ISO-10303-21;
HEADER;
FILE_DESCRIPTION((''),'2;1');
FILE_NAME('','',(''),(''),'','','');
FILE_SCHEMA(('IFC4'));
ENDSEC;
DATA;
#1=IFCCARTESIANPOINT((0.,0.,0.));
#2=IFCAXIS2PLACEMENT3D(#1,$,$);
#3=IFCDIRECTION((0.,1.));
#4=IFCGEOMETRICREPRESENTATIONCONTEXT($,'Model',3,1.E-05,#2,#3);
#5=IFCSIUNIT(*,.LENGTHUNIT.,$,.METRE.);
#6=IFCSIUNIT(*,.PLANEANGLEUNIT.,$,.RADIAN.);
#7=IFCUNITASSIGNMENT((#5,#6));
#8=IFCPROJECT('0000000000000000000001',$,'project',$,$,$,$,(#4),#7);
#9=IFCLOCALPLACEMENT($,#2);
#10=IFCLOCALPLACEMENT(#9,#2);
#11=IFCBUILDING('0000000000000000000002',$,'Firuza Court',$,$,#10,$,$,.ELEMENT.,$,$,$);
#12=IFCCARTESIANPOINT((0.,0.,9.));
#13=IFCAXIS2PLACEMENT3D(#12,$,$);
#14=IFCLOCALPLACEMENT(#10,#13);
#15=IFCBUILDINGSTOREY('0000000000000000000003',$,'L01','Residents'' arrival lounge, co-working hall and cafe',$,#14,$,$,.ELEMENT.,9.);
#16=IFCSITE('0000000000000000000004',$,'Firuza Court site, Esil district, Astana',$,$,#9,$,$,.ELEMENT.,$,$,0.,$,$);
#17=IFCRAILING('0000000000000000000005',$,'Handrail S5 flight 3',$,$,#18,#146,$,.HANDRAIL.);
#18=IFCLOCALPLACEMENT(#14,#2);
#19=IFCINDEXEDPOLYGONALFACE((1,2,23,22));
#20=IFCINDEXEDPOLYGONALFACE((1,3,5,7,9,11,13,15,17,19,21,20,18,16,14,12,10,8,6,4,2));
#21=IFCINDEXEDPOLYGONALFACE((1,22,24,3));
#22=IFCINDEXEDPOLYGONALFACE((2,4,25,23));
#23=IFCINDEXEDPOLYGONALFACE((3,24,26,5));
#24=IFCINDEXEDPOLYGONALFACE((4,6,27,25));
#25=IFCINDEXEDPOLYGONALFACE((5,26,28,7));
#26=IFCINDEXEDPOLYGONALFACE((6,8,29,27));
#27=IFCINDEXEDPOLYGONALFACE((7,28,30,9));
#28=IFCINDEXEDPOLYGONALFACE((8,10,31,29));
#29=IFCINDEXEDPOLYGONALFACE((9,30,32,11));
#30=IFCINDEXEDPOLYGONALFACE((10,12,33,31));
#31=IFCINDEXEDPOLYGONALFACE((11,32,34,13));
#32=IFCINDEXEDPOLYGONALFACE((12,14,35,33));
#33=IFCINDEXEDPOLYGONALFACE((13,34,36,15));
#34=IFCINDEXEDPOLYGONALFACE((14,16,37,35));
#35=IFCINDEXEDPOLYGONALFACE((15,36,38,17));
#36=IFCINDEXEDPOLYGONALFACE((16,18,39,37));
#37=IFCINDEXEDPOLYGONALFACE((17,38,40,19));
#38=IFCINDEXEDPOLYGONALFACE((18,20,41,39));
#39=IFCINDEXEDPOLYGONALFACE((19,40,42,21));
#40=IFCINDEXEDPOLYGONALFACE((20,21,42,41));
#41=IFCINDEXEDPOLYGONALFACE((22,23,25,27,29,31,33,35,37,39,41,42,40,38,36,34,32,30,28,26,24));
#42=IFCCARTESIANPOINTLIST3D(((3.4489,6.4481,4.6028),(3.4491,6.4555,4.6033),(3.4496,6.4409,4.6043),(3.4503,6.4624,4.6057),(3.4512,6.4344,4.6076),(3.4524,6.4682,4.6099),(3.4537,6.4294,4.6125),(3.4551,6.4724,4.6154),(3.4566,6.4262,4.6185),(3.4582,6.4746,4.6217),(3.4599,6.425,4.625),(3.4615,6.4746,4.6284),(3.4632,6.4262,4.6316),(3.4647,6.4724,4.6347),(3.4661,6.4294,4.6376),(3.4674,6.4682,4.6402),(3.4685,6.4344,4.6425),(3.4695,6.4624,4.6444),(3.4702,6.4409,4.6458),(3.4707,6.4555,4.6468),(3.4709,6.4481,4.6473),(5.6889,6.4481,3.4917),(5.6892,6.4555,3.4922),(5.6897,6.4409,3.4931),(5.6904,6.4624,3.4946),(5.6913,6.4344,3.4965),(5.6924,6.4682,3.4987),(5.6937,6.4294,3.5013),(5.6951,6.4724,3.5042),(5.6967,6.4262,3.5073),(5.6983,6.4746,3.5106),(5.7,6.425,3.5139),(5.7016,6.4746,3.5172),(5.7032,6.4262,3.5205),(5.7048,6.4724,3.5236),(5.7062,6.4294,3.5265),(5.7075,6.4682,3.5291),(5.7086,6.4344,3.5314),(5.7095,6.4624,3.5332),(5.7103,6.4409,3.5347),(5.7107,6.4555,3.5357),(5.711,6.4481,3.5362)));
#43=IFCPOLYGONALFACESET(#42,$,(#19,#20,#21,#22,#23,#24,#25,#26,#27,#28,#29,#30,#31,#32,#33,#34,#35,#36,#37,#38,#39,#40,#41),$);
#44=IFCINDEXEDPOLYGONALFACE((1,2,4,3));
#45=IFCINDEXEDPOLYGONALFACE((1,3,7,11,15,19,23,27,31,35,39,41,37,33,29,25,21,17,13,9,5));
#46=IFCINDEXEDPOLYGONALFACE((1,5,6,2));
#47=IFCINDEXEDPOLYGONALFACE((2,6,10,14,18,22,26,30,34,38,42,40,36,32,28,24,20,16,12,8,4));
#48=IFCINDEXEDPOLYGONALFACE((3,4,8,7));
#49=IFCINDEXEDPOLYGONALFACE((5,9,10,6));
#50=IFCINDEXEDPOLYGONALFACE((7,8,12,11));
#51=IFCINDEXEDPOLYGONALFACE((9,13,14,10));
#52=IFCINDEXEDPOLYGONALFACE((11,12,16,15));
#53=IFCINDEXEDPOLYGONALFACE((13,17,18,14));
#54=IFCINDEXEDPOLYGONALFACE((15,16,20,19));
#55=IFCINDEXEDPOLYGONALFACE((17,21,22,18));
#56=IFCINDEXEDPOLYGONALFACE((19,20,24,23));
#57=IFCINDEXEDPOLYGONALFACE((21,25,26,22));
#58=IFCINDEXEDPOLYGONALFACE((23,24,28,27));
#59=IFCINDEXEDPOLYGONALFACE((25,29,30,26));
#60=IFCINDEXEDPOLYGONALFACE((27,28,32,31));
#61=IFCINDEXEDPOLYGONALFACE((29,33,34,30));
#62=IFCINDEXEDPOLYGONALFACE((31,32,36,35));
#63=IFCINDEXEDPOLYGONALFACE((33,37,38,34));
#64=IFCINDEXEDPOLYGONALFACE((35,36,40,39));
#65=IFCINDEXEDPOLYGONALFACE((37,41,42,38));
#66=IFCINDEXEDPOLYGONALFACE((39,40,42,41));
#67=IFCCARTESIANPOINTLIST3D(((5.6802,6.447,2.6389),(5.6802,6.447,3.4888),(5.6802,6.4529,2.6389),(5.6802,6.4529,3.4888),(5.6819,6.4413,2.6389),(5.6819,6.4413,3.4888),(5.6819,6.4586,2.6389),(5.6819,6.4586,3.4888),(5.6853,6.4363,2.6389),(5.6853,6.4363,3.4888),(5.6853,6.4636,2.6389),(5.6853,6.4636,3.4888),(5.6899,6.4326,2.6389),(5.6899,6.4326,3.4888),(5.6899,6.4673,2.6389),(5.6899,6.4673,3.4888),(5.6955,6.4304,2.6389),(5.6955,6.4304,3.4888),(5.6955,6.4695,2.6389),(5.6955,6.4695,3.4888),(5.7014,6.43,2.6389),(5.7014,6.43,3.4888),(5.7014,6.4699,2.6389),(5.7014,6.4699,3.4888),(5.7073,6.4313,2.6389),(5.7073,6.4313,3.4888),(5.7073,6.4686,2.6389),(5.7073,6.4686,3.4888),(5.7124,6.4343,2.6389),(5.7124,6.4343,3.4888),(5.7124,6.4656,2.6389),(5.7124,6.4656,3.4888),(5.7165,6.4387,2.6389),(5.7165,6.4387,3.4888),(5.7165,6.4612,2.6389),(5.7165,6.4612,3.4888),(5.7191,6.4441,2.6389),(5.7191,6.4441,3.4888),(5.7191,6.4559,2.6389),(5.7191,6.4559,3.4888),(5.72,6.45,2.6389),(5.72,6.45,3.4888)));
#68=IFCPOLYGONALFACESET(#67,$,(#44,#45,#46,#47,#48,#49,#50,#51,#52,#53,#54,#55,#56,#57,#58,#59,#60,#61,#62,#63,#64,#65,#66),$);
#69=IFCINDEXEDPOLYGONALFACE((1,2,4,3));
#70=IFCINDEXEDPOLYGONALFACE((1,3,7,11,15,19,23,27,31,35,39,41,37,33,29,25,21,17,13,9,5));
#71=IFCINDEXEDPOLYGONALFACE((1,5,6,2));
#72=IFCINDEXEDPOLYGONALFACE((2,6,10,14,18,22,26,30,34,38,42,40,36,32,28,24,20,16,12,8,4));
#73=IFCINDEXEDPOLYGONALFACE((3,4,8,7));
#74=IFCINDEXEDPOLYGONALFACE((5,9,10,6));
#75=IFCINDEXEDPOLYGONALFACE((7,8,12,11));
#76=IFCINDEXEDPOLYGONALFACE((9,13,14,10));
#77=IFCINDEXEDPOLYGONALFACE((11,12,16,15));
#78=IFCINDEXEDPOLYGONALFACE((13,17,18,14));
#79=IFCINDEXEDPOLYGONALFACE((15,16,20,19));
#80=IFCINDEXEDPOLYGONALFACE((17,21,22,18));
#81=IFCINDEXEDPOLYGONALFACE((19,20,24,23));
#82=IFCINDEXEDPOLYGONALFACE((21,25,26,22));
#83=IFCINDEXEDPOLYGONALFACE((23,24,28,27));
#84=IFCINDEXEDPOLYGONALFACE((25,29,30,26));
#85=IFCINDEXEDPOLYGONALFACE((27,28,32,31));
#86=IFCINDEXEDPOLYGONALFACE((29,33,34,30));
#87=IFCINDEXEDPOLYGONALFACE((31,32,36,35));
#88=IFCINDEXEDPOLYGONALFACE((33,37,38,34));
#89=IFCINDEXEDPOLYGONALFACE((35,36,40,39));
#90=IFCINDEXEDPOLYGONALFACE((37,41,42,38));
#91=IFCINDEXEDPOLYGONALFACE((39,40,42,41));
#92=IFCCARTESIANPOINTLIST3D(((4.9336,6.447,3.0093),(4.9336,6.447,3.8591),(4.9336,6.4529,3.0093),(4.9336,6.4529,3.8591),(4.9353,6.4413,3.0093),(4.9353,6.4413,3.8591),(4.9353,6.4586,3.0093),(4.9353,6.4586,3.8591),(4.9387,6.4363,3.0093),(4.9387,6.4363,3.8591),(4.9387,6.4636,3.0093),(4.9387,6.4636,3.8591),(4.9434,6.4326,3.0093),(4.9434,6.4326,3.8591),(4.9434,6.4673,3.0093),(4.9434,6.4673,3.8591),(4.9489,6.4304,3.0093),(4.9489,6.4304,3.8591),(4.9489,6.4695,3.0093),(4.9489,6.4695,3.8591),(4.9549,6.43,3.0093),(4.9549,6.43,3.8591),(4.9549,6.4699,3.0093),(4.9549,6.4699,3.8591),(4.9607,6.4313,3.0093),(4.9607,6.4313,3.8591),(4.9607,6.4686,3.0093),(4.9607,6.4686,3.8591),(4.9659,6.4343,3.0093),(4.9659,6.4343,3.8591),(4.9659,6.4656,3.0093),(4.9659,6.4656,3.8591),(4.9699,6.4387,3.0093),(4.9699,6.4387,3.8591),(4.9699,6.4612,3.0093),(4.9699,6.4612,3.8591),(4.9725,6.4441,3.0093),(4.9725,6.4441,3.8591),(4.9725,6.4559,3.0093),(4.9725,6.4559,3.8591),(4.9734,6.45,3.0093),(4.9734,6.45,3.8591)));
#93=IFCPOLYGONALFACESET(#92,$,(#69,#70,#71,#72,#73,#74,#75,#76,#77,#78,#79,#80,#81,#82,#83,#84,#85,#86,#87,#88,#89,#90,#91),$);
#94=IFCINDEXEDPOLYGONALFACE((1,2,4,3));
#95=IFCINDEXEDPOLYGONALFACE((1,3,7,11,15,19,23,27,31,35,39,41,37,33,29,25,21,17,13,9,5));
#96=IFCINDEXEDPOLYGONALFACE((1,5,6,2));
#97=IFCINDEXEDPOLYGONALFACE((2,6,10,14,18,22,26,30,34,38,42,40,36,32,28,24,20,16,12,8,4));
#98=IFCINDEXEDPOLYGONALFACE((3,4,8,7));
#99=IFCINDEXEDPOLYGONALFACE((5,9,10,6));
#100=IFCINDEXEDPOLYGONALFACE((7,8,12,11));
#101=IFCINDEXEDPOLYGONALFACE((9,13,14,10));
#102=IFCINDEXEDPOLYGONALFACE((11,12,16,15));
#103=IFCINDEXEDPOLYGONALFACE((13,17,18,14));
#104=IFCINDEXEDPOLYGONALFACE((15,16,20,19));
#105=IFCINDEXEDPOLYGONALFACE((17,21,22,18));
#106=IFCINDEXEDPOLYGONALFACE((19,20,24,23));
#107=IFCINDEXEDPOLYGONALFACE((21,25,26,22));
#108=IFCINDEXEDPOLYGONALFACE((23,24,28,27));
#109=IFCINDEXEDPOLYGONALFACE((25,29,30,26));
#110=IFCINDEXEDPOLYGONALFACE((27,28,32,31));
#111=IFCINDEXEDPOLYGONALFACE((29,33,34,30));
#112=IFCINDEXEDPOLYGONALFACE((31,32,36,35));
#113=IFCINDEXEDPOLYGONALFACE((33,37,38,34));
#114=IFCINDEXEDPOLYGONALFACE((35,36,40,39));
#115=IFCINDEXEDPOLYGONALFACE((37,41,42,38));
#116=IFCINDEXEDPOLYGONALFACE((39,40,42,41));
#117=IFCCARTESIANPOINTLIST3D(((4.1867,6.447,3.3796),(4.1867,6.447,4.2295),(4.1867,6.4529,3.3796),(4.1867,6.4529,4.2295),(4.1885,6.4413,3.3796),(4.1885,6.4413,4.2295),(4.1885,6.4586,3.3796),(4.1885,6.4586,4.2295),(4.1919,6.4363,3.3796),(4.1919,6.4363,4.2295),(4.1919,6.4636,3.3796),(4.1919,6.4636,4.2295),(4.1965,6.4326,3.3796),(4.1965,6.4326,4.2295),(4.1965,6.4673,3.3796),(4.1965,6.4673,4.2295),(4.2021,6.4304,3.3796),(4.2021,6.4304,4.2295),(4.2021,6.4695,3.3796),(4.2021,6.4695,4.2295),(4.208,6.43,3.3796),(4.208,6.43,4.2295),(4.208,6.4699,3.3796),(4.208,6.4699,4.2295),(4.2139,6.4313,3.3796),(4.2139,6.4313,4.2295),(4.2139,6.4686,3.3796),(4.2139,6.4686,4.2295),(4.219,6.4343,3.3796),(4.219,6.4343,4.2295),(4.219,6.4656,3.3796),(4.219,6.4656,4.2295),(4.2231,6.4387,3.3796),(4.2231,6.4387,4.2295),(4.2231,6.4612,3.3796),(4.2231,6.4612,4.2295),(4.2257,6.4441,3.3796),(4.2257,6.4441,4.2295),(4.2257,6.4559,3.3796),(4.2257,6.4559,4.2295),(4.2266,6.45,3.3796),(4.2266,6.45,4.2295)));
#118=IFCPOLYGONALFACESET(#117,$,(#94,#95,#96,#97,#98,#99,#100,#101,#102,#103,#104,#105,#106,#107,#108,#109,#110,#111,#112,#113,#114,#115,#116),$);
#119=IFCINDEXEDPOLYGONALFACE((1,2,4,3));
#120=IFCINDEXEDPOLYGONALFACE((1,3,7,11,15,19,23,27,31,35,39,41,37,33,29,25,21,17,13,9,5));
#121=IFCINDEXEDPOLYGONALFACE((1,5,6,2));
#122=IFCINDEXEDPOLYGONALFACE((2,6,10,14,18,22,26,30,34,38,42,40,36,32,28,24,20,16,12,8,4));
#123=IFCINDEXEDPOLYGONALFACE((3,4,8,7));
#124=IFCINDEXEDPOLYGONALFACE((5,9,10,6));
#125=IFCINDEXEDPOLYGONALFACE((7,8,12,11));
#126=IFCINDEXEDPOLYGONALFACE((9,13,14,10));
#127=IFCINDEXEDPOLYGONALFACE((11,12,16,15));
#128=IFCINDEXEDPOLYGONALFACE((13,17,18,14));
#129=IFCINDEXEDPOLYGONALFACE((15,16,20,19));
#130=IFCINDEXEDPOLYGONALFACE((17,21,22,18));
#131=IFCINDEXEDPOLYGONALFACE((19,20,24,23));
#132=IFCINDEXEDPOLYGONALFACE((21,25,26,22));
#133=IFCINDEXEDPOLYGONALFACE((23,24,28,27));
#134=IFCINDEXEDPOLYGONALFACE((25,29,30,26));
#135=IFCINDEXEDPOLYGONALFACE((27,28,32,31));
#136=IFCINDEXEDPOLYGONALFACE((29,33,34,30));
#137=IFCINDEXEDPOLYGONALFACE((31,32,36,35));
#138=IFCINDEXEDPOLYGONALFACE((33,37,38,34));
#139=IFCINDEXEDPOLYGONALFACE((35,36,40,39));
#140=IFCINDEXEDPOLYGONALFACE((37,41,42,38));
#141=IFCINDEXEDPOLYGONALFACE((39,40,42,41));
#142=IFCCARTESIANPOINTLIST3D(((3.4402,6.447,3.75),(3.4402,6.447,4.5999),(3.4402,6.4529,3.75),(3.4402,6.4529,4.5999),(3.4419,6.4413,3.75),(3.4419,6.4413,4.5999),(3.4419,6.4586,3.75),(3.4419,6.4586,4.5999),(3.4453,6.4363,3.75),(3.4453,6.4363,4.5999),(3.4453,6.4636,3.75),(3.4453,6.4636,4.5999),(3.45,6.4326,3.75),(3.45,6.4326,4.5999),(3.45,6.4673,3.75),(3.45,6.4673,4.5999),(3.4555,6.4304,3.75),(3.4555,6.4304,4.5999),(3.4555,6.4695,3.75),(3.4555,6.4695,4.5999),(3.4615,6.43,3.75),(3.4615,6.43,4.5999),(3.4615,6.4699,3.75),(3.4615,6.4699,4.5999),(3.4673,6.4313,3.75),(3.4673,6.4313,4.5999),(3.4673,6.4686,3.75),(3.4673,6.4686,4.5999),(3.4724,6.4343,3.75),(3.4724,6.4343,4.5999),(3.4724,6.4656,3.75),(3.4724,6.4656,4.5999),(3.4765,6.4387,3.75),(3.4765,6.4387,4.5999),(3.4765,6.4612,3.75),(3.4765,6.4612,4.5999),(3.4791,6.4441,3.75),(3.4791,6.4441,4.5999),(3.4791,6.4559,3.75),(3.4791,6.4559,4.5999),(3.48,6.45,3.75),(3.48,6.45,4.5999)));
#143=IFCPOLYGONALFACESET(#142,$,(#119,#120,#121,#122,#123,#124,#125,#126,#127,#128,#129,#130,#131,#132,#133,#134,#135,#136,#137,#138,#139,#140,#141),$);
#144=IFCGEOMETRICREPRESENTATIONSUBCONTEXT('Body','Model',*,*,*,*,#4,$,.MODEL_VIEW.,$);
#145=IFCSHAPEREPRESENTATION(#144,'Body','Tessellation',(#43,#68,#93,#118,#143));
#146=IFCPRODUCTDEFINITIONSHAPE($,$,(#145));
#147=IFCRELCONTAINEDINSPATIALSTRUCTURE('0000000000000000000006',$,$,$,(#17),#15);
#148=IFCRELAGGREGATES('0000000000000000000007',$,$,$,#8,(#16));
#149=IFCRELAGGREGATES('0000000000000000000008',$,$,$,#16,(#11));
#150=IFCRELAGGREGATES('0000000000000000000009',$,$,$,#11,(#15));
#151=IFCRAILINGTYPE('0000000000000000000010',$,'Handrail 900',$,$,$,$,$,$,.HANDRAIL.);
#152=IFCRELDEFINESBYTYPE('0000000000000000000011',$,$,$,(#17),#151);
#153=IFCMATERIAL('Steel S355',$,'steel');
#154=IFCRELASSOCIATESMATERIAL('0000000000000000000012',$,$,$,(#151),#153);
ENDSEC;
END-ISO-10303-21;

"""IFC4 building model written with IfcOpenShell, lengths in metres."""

from ifc_helpers import new_model, si_unit, direction, frame, origin, origin_2d, place, context, subcontext, project, spatial, circle, extrude, material, type_object, element, save


model = new_model("IFC4")

# Units and contexts
model_context = context("Model", 3, precision=1e-05, world=origin(), true_north=direction((0.0, 1.0)))
body_context = subcontext(model_context, "Body", "Model", "MODEL_VIEW")
ifc_project = project(units=[si_unit("LENGTHUNIT", "METRE"), si_unit("PLANEANGLEUNIT", "RADIAN")], contexts=[model_context])

# Site, building, storey
site_placement = place(None, origin())
site = spatial("IfcSite", under=ifc_project, at=site_placement, Name="Firuza Court site, Esil district, Astana", CompositionType="ELEMENT", RefElevation=0.0)
building_placement = place(site_placement, origin())
building = spatial("IfcBuilding", under=site, at=building_placement, Name="Firuza Court", CompositionType="ELEMENT")
storey_placement = place(building_placement, frame((0.0, 0.0, 9.0)))
storey = spatial("IfcBuildingStorey", under=building, at=storey_placement, Name="L01", Description="Residents' arrival lounge, co-working hall and cafe", CompositionType="ELEMENT", Elevation=9.0)

# Railing
ifc_material_1 = material(Name="Steel S355", Category="steel")
railing_type_1 = type_object("IfcRailingType", Name="Handrail 900", PredefinedType="HANDRAIL", material=ifc_material_1)
for number, where, name in (
    (1, (5.7, 6.45, 2.6389), "Handrail S5 flight 3"),
):
    element("IfcRailing", number, at=place(storey_placement, frame(where)), inside=storey, type_object=railing_type_1, Name=name, PredefinedType="HANDRAIL", context=body_context, shape_type="SweptSolid", body=[
        extrude(circle(Radius=0.0249, at=origin_2d()), frame((0.0, 0.0, 0.875), z_axis=(-0.895848, 0.0, 0.44436), x_axis=(0.0, -1.0, 0.0)), (0.0, 0.0, 1.0), 2.5005),
        extrude(circle(Radius=0.02, at=origin_2d()), origin(), (0.0, 0.0, 1.0), 0.8499),
        extrude(circle(Radius=0.02, at=origin_2d()), frame((-0.7466, 0.0, 0.3704)), (0.0, 0.0, 1.0), 0.8499),
        extrude(circle(Radius=0.02, at=origin_2d()), frame((-1.4934, 0.0, 0.7407)), (0.0, 0.0, 1.0), 0.8499),
        extrude(circle(Radius=0.02, at=origin_2d()), frame((-2.24, 0.0, 1.1111)), (0.0, 0.0, 1.0), 0.8499),
    ])

save(model, "model.ifc")
